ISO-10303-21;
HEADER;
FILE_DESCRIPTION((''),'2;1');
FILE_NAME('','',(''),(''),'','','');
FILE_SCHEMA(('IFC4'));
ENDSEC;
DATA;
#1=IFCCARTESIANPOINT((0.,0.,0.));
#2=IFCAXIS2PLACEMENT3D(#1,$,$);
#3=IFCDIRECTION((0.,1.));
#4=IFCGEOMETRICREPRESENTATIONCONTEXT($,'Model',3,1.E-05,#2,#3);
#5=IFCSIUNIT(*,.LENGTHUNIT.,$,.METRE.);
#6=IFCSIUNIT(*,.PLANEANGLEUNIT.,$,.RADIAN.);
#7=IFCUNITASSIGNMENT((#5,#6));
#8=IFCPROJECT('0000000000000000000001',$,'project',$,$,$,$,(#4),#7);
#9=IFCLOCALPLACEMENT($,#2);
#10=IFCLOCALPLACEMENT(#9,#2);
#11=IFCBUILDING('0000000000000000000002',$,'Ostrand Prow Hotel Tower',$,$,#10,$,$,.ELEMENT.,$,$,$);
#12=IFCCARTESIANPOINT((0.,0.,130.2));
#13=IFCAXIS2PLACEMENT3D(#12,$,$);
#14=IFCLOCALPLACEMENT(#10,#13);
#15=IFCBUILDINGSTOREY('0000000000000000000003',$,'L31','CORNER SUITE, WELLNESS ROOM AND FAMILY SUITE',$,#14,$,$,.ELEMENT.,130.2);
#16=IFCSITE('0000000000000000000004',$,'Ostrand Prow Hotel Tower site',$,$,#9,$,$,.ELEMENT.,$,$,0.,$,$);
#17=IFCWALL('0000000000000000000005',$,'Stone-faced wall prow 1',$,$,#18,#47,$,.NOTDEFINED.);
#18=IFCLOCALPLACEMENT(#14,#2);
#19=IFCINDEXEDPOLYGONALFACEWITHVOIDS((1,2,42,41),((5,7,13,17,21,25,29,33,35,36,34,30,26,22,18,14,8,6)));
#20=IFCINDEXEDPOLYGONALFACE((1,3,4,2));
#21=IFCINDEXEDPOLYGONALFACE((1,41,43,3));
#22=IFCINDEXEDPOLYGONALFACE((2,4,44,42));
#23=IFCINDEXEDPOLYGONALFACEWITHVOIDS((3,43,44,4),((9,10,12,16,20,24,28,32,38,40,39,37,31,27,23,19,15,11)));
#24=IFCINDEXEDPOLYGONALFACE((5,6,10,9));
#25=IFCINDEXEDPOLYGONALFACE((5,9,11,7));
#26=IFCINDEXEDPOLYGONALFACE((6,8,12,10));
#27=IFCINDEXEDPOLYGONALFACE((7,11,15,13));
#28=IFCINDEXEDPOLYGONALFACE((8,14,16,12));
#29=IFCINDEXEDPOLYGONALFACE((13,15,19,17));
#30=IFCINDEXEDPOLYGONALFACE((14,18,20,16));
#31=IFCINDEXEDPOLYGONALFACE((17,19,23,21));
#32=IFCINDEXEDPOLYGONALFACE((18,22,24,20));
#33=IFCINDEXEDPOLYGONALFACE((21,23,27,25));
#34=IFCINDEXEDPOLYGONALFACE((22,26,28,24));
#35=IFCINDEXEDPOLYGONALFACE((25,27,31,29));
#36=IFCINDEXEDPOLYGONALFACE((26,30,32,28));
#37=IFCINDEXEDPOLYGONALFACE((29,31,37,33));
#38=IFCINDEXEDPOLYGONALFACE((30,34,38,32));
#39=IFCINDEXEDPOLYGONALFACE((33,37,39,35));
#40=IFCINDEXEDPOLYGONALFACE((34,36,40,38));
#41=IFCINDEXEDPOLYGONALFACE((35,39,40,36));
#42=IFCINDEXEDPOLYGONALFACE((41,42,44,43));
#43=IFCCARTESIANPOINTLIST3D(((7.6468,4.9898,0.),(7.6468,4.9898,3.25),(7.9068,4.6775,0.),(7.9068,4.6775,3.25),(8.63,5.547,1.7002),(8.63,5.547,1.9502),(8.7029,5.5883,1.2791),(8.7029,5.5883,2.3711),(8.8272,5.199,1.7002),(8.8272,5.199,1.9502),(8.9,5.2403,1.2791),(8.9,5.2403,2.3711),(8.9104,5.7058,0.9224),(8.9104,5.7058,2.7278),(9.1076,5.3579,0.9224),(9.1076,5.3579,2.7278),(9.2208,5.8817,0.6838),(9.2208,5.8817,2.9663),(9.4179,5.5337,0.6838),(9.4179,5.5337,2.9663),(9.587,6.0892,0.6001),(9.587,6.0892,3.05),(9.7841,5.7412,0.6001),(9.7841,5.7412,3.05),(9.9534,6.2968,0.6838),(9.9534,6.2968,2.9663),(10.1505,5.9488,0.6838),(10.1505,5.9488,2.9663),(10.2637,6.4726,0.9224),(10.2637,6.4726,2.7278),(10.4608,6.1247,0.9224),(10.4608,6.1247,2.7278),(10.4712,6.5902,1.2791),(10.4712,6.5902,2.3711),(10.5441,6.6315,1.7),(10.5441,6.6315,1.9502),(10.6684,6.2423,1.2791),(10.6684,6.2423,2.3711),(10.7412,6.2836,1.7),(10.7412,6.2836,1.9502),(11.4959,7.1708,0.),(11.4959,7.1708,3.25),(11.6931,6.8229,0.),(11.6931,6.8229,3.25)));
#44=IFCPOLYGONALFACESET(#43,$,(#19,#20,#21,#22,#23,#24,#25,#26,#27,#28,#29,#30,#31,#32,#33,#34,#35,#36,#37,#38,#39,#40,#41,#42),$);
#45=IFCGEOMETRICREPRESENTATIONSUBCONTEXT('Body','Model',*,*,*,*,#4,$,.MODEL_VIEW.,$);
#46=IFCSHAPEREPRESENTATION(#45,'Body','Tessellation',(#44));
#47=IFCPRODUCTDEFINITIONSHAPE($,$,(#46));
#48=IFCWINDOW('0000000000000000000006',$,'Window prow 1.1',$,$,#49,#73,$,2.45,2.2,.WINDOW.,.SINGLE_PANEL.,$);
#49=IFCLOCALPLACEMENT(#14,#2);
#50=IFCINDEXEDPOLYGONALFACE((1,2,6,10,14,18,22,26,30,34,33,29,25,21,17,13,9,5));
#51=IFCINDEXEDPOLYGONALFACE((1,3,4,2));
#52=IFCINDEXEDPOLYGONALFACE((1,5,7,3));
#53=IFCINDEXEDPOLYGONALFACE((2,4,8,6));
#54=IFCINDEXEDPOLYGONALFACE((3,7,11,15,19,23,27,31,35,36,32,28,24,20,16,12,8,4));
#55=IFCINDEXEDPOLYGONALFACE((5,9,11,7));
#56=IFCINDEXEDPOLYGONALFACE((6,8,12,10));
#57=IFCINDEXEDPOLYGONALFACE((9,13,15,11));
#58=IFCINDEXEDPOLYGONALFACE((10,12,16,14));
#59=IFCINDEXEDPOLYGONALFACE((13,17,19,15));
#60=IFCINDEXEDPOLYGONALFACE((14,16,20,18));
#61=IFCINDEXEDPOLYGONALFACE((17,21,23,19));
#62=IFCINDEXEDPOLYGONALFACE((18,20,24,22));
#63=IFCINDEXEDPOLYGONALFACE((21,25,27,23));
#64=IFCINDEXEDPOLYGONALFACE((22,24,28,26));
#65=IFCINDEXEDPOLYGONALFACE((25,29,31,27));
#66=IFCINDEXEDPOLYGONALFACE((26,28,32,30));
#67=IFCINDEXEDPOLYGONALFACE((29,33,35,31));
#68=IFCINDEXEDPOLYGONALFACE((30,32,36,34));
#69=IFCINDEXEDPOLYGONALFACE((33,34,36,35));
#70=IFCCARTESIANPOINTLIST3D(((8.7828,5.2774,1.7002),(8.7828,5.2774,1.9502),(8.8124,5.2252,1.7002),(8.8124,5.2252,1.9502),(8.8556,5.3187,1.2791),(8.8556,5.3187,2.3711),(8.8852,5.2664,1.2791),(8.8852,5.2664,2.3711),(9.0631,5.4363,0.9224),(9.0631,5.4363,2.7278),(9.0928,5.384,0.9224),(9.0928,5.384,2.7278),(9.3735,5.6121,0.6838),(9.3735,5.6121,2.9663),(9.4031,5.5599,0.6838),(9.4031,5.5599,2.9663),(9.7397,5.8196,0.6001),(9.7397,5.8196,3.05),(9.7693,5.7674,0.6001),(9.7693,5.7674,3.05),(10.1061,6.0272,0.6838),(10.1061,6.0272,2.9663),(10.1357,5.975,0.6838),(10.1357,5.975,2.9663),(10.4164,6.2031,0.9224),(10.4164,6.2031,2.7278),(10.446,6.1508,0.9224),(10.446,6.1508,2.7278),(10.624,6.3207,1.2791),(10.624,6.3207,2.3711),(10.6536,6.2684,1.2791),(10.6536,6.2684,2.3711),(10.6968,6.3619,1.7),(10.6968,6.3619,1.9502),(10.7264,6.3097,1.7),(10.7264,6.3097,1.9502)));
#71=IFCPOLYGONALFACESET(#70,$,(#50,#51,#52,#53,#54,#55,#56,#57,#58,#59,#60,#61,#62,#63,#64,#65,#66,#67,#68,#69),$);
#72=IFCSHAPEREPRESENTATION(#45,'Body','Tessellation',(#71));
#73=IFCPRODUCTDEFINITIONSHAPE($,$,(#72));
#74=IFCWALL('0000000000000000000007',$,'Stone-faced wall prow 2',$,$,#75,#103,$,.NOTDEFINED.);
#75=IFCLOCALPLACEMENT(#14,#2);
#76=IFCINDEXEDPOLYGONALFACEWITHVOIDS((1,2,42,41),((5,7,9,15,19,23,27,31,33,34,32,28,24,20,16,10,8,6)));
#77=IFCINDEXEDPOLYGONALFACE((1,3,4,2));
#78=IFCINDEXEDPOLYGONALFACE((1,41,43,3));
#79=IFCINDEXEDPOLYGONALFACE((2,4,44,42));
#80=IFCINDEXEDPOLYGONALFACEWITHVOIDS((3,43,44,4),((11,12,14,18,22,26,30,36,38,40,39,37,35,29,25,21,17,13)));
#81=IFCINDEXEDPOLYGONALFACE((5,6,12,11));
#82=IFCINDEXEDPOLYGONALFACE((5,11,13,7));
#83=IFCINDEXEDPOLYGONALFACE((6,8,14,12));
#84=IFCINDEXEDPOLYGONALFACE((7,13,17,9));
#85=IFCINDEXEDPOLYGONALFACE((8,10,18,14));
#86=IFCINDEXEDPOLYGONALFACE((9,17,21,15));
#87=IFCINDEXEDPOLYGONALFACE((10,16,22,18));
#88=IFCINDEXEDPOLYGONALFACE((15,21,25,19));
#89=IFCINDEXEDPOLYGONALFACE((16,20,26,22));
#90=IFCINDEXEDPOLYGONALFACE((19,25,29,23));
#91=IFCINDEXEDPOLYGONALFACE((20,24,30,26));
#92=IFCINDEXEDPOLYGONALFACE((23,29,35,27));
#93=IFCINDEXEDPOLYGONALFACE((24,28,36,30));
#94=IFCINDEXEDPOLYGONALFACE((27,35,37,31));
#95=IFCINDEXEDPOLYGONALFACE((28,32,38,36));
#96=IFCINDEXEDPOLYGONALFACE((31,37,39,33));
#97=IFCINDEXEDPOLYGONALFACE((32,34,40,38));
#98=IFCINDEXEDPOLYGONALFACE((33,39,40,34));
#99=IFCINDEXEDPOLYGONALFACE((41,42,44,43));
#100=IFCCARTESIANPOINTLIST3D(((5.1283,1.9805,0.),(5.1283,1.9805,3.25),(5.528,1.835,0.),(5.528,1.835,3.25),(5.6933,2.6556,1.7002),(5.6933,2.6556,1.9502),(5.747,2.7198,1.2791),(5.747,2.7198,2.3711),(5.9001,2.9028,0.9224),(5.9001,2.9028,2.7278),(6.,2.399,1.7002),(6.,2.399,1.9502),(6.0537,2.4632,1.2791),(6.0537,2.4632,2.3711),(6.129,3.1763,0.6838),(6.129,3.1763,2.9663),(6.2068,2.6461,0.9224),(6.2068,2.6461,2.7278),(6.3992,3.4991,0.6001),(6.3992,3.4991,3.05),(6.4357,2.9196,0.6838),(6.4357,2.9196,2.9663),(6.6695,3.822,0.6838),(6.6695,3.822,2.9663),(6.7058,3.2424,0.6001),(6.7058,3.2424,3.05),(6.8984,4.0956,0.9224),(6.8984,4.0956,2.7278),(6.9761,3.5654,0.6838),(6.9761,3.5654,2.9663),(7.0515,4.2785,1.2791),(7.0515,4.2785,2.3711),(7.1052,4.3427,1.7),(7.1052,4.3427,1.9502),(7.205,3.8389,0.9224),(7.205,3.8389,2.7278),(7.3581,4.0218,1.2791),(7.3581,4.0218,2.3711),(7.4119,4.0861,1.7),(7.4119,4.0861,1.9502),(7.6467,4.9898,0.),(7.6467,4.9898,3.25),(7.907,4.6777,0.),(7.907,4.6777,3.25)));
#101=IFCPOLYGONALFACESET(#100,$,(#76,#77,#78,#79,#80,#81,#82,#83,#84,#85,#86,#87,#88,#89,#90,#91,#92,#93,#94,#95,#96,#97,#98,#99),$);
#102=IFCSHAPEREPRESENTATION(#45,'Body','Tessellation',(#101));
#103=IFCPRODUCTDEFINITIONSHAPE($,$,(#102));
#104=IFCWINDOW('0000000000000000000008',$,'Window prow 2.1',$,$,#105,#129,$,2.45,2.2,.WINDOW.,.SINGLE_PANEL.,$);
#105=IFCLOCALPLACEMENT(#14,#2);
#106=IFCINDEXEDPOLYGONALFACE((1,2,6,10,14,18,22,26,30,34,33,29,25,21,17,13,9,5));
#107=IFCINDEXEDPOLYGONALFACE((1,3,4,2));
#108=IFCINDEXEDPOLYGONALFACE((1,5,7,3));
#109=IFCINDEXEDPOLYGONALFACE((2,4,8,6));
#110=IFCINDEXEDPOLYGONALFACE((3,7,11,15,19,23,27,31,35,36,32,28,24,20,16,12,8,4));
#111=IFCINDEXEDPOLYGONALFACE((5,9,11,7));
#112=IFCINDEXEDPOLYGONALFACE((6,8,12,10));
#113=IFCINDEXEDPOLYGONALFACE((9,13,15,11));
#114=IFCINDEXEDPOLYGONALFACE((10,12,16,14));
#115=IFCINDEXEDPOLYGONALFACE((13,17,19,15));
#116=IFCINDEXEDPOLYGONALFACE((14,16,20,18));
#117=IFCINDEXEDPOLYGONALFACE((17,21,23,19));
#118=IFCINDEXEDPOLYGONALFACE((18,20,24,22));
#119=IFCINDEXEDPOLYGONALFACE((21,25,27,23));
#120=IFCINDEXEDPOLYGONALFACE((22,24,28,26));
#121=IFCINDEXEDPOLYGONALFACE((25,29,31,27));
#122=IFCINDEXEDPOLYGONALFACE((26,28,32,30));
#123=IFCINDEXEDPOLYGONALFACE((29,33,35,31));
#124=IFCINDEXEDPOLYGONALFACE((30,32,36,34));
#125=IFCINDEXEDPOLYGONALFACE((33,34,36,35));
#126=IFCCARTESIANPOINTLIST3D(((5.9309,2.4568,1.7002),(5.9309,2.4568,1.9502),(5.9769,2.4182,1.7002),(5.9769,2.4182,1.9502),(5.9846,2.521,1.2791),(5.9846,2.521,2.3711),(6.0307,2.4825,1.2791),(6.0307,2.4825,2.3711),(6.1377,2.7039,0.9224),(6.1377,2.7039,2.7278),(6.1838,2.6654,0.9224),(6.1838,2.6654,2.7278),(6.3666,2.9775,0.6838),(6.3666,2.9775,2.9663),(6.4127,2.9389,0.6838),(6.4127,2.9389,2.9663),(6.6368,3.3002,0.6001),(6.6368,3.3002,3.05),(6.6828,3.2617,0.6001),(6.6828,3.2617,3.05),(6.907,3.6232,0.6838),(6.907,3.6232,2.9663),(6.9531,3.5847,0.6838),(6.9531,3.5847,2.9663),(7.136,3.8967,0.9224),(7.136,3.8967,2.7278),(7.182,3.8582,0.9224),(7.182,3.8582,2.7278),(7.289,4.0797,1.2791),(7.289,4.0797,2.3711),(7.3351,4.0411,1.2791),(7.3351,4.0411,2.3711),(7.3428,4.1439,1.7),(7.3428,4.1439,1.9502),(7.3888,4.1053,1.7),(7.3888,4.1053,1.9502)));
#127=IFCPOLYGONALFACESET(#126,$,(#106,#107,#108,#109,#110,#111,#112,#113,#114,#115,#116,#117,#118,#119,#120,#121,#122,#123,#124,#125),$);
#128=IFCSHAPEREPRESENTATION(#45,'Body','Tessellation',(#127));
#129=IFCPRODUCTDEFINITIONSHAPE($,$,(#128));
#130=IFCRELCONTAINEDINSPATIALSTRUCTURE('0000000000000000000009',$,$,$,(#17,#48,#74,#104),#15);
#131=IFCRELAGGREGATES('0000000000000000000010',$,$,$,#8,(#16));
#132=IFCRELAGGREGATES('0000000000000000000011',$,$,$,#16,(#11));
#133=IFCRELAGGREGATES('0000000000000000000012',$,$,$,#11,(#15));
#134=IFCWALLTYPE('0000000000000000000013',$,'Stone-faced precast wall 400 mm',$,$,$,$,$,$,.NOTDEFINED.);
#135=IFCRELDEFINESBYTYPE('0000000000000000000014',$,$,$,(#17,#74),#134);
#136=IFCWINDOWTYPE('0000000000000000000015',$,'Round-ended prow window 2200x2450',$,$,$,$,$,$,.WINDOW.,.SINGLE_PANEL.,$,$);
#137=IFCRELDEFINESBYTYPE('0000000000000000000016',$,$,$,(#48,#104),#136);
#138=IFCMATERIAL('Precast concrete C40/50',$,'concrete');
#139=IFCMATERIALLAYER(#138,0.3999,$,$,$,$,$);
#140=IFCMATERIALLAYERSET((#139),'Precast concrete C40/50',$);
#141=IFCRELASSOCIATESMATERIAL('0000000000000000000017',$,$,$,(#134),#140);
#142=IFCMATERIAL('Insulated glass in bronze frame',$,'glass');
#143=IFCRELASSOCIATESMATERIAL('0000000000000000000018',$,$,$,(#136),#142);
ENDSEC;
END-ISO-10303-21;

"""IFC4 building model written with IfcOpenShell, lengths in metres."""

from ifc_helpers import new_model, si_unit, direction, frame, origin, place, context, subcontext, project, spatial, polyline, outline, extrude, material, layer, layer_set, type_object, element, fill, save


model = new_model("IFC4")

# Units and contexts
model_context = context("Model", 3, precision=1e-05, world=origin(), true_north=direction((0.0, 1.0)))
body_context = subcontext(model_context, "Body", "Model", "MODEL_VIEW")
ifc_project = project(units=[si_unit("LENGTHUNIT", "METRE"), si_unit("PLANEANGLEUNIT", "RADIAN")], contexts=[model_context])

# Site, building, storey
site_placement = place(None, origin())
site = spatial("IfcSite", under=ifc_project, at=site_placement, Name="Ostrand Prow Hotel Tower site", CompositionType="ELEMENT", RefElevation=0.0)
building_placement = place(site_placement, origin())
building = spatial("IfcBuilding", under=site, at=building_placement, Name="Ostrand Prow Hotel Tower", CompositionType="ELEMENT")
storey_placement = place(building_placement, frame((0.0, 0.0, 130.2)))
storey = spatial("IfcBuildingStorey", under=building, at=storey_placement, Name="L31", Description="CORNER SUITE, WELLNESS ROOM AND FAMILY SUITE", CompositionType="ELEMENT", Elevation=130.2)

# Walls, openings, windows
ifc_material_1 = material(Name="Precast concrete C40/50", Category="concrete")
ifc_layer_1 = layer(ifc_material_1, 0.3999)
ifc_layer_set_1 = layer_set([ifc_layer_1], Name="Precast concrete C40/50")
wall_type_1 = type_object("IfcWallType", Name="Stone-faced precast wall 400 mm", PredefinedType="NOTDEFINED", material=ifc_layer_set_1)
wall_1_placement = place(storey_placement, frame((11.5945, 6.9968, 0.0), z_axis=(0.0, 0.0, 1.0), x_axis=(-0.870045, -0.492972, 0.0)))
wall_1 = element("IfcWall", 1, at=wall_1_placement, inside=storey, type_object=wall_type_1, Name="Stone-faced wall prow 1", PredefinedType="NOTDEFINED", context=body_context, shape_type="SweptSolid", body=[
    extrude(outline(polyline([(0.0, -0.2), (4.4241, -0.2), (4.3518, 0.2), (0.0, 0.2), (0.0, -0.2)])), origin(), (0.0, 0.0, 1.0), 3.25),
])
opening_1_placement = place(wall_1_placement, frame((1.094, 0.0, 0.6001)))
opening_1 = element("IfcOpeningElement", 2, at=opening_1_placement, cuts=wall_1, PredefinedType="OPENING", context=body_context, shape_type="SweptSolid", body=[
    extrude(outline(polyline([(0.0, 1.3501), (0.0837, 1.771), (0.3223, 2.1277), (0.679, 2.3662), (1.1001, 2.45), (1.521, 2.3662), (1.8777, 2.1277), (2.1162, 1.771), (2.2, 1.3501), (2.2, 1.1001), (2.1162, 0.679), (1.8777, 0.3223), (1.521, 0.0837), (1.1001, 0.0), (0.679, 0.0837), (0.3223, 0.3223), (0.0837, 0.679), (0.0, 1.0999), (0.0, 1.3501)])), frame((0.0, 0.21, 0.0), z_axis=(0.0, -1.0, 0.0), x_axis=(1.0, 0.0, 0.0)), (0.0, 0.0, 1.0), 0.4199),
])
ifc_material_2 = material(Name="Insulated glass in bronze frame", Category="glass")
window_type = type_object("IfcWindowType", Name="Round-ended prow window 2200x2450", PartitioningType="SINGLE_PANEL", PredefinedType="WINDOW", material=ifc_material_2)
window_1_placement = place(opening_1_placement, origin())
window_1 = element("IfcWindow", 3, at=window_1_placement, inside=storey, type_object=window_type, Name="Window prow 1.1", OverallHeight=2.45, OverallWidth=2.2, PartitioningType="SINGLE_PANEL", PredefinedType="WINDOW", context=body_context, shape_type="SweptSolid", body=[
    extrude(outline(polyline([(0.0, 1.3501), (0.0837, 1.771), (0.3223, 2.1277), (0.679, 2.3662), (1.1001, 2.45), (1.521, 2.3662), (1.8777, 2.1277), (2.1162, 1.771), (2.2, 1.3501), (2.2, 1.1001), (2.1162, 0.679), (1.8777, 0.3223), (1.521, 0.0837), (1.1001, 0.0), (0.679, 0.0837), (0.3223, 0.3223), (0.0837, 0.679), (0.0, 1.0999), (0.0, 1.3501)])), frame((0.0, 0.1699, 0.0), z_axis=(0.0, -1.0, 0.0), x_axis=(1.0, 0.0, 0.0)), (0.0, 0.0, 1.0), 0.0601),
])
fill(opening_1, window_1)
wall_2_placement = place(storey_placement, frame((7.7769, 4.8337, 0.0), z_axis=(0.0, 0.0, 1.0), x_axis=(-0.641788, -0.766882, 0.0)))
wall_2 = element("IfcWall", 4, at=wall_2_placement, inside=storey, type_object=wall_type_1, Name="Stone-faced wall prow 2", PredefinedType="NOTDEFINED", context=body_context, shape_type="SweptSolid", body=[
    extrude(outline(polyline([(-0.0361, -0.2), (3.8879, -0.2), (3.7429, 0.2), (0.0361, 0.2), (-0.0361, -0.2)])), origin(), (0.0, 0.0, 1.0), 3.25),
])
opening_2_placement = place(wall_2_placement, frame((0.8076, 0.0, 0.6001)))
opening_2 = element("IfcOpeningElement", 5, at=opening_2_placement, cuts=wall_2, PredefinedType="OPENING", context=body_context, shape_type="SweptSolid", body=[
    extrude(outline(polyline([(0.0, 1.3501), (0.0837, 1.771), (0.3223, 2.1277), (0.679, 2.3662), (1.1001, 2.45), (1.521, 2.3662), (1.8777, 2.1277), (2.1162, 1.771), (2.2, 1.3501), (2.2, 1.1001), (2.1162, 0.679), (1.8777, 0.3223), (1.521, 0.0837), (1.1001, 0.0), (0.679, 0.0837), (0.3223, 0.3223), (0.0837, 0.679), (0.0, 1.0999), (0.0, 1.3501)])), frame((0.0, 0.21, 0.0), z_axis=(0.0, -1.0, 0.0), x_axis=(1.0, 0.0, 0.0)), (0.0, 0.0, 1.0), 0.4199),
])
window_2_placement = place(opening_2_placement, origin())
window_2 = element("IfcWindow", 6, at=window_2_placement, inside=storey, type_object=window_type, Name="Window prow 2.1", OverallHeight=2.45, OverallWidth=2.2, PartitioningType="SINGLE_PANEL", PredefinedType="WINDOW", context=body_context, shape_type="SweptSolid", body=[
    extrude(outline(polyline([(0.0, 1.3501), (0.0837, 1.771), (0.3223, 2.1277), (0.679, 2.3662), (1.1001, 2.45), (1.521, 2.3662), (1.8777, 2.1277), (2.1162, 1.771), (2.2, 1.3501), (2.2, 1.1001), (2.1162, 0.679), (1.8777, 0.3223), (1.521, 0.0837), (1.1001, 0.0), (0.679, 0.0837), (0.3223, 0.3223), (0.0837, 0.679), (0.0, 1.0999), (0.0, 1.3501)])), frame((0.0, 0.1699, 0.0), z_axis=(0.0, -1.0, 0.0), x_axis=(1.0, 0.0, 0.0)), (0.0, 0.0, 1.0), 0.0601),
])
fill(opening_2, window_2)

save(model, "model.ifc")
